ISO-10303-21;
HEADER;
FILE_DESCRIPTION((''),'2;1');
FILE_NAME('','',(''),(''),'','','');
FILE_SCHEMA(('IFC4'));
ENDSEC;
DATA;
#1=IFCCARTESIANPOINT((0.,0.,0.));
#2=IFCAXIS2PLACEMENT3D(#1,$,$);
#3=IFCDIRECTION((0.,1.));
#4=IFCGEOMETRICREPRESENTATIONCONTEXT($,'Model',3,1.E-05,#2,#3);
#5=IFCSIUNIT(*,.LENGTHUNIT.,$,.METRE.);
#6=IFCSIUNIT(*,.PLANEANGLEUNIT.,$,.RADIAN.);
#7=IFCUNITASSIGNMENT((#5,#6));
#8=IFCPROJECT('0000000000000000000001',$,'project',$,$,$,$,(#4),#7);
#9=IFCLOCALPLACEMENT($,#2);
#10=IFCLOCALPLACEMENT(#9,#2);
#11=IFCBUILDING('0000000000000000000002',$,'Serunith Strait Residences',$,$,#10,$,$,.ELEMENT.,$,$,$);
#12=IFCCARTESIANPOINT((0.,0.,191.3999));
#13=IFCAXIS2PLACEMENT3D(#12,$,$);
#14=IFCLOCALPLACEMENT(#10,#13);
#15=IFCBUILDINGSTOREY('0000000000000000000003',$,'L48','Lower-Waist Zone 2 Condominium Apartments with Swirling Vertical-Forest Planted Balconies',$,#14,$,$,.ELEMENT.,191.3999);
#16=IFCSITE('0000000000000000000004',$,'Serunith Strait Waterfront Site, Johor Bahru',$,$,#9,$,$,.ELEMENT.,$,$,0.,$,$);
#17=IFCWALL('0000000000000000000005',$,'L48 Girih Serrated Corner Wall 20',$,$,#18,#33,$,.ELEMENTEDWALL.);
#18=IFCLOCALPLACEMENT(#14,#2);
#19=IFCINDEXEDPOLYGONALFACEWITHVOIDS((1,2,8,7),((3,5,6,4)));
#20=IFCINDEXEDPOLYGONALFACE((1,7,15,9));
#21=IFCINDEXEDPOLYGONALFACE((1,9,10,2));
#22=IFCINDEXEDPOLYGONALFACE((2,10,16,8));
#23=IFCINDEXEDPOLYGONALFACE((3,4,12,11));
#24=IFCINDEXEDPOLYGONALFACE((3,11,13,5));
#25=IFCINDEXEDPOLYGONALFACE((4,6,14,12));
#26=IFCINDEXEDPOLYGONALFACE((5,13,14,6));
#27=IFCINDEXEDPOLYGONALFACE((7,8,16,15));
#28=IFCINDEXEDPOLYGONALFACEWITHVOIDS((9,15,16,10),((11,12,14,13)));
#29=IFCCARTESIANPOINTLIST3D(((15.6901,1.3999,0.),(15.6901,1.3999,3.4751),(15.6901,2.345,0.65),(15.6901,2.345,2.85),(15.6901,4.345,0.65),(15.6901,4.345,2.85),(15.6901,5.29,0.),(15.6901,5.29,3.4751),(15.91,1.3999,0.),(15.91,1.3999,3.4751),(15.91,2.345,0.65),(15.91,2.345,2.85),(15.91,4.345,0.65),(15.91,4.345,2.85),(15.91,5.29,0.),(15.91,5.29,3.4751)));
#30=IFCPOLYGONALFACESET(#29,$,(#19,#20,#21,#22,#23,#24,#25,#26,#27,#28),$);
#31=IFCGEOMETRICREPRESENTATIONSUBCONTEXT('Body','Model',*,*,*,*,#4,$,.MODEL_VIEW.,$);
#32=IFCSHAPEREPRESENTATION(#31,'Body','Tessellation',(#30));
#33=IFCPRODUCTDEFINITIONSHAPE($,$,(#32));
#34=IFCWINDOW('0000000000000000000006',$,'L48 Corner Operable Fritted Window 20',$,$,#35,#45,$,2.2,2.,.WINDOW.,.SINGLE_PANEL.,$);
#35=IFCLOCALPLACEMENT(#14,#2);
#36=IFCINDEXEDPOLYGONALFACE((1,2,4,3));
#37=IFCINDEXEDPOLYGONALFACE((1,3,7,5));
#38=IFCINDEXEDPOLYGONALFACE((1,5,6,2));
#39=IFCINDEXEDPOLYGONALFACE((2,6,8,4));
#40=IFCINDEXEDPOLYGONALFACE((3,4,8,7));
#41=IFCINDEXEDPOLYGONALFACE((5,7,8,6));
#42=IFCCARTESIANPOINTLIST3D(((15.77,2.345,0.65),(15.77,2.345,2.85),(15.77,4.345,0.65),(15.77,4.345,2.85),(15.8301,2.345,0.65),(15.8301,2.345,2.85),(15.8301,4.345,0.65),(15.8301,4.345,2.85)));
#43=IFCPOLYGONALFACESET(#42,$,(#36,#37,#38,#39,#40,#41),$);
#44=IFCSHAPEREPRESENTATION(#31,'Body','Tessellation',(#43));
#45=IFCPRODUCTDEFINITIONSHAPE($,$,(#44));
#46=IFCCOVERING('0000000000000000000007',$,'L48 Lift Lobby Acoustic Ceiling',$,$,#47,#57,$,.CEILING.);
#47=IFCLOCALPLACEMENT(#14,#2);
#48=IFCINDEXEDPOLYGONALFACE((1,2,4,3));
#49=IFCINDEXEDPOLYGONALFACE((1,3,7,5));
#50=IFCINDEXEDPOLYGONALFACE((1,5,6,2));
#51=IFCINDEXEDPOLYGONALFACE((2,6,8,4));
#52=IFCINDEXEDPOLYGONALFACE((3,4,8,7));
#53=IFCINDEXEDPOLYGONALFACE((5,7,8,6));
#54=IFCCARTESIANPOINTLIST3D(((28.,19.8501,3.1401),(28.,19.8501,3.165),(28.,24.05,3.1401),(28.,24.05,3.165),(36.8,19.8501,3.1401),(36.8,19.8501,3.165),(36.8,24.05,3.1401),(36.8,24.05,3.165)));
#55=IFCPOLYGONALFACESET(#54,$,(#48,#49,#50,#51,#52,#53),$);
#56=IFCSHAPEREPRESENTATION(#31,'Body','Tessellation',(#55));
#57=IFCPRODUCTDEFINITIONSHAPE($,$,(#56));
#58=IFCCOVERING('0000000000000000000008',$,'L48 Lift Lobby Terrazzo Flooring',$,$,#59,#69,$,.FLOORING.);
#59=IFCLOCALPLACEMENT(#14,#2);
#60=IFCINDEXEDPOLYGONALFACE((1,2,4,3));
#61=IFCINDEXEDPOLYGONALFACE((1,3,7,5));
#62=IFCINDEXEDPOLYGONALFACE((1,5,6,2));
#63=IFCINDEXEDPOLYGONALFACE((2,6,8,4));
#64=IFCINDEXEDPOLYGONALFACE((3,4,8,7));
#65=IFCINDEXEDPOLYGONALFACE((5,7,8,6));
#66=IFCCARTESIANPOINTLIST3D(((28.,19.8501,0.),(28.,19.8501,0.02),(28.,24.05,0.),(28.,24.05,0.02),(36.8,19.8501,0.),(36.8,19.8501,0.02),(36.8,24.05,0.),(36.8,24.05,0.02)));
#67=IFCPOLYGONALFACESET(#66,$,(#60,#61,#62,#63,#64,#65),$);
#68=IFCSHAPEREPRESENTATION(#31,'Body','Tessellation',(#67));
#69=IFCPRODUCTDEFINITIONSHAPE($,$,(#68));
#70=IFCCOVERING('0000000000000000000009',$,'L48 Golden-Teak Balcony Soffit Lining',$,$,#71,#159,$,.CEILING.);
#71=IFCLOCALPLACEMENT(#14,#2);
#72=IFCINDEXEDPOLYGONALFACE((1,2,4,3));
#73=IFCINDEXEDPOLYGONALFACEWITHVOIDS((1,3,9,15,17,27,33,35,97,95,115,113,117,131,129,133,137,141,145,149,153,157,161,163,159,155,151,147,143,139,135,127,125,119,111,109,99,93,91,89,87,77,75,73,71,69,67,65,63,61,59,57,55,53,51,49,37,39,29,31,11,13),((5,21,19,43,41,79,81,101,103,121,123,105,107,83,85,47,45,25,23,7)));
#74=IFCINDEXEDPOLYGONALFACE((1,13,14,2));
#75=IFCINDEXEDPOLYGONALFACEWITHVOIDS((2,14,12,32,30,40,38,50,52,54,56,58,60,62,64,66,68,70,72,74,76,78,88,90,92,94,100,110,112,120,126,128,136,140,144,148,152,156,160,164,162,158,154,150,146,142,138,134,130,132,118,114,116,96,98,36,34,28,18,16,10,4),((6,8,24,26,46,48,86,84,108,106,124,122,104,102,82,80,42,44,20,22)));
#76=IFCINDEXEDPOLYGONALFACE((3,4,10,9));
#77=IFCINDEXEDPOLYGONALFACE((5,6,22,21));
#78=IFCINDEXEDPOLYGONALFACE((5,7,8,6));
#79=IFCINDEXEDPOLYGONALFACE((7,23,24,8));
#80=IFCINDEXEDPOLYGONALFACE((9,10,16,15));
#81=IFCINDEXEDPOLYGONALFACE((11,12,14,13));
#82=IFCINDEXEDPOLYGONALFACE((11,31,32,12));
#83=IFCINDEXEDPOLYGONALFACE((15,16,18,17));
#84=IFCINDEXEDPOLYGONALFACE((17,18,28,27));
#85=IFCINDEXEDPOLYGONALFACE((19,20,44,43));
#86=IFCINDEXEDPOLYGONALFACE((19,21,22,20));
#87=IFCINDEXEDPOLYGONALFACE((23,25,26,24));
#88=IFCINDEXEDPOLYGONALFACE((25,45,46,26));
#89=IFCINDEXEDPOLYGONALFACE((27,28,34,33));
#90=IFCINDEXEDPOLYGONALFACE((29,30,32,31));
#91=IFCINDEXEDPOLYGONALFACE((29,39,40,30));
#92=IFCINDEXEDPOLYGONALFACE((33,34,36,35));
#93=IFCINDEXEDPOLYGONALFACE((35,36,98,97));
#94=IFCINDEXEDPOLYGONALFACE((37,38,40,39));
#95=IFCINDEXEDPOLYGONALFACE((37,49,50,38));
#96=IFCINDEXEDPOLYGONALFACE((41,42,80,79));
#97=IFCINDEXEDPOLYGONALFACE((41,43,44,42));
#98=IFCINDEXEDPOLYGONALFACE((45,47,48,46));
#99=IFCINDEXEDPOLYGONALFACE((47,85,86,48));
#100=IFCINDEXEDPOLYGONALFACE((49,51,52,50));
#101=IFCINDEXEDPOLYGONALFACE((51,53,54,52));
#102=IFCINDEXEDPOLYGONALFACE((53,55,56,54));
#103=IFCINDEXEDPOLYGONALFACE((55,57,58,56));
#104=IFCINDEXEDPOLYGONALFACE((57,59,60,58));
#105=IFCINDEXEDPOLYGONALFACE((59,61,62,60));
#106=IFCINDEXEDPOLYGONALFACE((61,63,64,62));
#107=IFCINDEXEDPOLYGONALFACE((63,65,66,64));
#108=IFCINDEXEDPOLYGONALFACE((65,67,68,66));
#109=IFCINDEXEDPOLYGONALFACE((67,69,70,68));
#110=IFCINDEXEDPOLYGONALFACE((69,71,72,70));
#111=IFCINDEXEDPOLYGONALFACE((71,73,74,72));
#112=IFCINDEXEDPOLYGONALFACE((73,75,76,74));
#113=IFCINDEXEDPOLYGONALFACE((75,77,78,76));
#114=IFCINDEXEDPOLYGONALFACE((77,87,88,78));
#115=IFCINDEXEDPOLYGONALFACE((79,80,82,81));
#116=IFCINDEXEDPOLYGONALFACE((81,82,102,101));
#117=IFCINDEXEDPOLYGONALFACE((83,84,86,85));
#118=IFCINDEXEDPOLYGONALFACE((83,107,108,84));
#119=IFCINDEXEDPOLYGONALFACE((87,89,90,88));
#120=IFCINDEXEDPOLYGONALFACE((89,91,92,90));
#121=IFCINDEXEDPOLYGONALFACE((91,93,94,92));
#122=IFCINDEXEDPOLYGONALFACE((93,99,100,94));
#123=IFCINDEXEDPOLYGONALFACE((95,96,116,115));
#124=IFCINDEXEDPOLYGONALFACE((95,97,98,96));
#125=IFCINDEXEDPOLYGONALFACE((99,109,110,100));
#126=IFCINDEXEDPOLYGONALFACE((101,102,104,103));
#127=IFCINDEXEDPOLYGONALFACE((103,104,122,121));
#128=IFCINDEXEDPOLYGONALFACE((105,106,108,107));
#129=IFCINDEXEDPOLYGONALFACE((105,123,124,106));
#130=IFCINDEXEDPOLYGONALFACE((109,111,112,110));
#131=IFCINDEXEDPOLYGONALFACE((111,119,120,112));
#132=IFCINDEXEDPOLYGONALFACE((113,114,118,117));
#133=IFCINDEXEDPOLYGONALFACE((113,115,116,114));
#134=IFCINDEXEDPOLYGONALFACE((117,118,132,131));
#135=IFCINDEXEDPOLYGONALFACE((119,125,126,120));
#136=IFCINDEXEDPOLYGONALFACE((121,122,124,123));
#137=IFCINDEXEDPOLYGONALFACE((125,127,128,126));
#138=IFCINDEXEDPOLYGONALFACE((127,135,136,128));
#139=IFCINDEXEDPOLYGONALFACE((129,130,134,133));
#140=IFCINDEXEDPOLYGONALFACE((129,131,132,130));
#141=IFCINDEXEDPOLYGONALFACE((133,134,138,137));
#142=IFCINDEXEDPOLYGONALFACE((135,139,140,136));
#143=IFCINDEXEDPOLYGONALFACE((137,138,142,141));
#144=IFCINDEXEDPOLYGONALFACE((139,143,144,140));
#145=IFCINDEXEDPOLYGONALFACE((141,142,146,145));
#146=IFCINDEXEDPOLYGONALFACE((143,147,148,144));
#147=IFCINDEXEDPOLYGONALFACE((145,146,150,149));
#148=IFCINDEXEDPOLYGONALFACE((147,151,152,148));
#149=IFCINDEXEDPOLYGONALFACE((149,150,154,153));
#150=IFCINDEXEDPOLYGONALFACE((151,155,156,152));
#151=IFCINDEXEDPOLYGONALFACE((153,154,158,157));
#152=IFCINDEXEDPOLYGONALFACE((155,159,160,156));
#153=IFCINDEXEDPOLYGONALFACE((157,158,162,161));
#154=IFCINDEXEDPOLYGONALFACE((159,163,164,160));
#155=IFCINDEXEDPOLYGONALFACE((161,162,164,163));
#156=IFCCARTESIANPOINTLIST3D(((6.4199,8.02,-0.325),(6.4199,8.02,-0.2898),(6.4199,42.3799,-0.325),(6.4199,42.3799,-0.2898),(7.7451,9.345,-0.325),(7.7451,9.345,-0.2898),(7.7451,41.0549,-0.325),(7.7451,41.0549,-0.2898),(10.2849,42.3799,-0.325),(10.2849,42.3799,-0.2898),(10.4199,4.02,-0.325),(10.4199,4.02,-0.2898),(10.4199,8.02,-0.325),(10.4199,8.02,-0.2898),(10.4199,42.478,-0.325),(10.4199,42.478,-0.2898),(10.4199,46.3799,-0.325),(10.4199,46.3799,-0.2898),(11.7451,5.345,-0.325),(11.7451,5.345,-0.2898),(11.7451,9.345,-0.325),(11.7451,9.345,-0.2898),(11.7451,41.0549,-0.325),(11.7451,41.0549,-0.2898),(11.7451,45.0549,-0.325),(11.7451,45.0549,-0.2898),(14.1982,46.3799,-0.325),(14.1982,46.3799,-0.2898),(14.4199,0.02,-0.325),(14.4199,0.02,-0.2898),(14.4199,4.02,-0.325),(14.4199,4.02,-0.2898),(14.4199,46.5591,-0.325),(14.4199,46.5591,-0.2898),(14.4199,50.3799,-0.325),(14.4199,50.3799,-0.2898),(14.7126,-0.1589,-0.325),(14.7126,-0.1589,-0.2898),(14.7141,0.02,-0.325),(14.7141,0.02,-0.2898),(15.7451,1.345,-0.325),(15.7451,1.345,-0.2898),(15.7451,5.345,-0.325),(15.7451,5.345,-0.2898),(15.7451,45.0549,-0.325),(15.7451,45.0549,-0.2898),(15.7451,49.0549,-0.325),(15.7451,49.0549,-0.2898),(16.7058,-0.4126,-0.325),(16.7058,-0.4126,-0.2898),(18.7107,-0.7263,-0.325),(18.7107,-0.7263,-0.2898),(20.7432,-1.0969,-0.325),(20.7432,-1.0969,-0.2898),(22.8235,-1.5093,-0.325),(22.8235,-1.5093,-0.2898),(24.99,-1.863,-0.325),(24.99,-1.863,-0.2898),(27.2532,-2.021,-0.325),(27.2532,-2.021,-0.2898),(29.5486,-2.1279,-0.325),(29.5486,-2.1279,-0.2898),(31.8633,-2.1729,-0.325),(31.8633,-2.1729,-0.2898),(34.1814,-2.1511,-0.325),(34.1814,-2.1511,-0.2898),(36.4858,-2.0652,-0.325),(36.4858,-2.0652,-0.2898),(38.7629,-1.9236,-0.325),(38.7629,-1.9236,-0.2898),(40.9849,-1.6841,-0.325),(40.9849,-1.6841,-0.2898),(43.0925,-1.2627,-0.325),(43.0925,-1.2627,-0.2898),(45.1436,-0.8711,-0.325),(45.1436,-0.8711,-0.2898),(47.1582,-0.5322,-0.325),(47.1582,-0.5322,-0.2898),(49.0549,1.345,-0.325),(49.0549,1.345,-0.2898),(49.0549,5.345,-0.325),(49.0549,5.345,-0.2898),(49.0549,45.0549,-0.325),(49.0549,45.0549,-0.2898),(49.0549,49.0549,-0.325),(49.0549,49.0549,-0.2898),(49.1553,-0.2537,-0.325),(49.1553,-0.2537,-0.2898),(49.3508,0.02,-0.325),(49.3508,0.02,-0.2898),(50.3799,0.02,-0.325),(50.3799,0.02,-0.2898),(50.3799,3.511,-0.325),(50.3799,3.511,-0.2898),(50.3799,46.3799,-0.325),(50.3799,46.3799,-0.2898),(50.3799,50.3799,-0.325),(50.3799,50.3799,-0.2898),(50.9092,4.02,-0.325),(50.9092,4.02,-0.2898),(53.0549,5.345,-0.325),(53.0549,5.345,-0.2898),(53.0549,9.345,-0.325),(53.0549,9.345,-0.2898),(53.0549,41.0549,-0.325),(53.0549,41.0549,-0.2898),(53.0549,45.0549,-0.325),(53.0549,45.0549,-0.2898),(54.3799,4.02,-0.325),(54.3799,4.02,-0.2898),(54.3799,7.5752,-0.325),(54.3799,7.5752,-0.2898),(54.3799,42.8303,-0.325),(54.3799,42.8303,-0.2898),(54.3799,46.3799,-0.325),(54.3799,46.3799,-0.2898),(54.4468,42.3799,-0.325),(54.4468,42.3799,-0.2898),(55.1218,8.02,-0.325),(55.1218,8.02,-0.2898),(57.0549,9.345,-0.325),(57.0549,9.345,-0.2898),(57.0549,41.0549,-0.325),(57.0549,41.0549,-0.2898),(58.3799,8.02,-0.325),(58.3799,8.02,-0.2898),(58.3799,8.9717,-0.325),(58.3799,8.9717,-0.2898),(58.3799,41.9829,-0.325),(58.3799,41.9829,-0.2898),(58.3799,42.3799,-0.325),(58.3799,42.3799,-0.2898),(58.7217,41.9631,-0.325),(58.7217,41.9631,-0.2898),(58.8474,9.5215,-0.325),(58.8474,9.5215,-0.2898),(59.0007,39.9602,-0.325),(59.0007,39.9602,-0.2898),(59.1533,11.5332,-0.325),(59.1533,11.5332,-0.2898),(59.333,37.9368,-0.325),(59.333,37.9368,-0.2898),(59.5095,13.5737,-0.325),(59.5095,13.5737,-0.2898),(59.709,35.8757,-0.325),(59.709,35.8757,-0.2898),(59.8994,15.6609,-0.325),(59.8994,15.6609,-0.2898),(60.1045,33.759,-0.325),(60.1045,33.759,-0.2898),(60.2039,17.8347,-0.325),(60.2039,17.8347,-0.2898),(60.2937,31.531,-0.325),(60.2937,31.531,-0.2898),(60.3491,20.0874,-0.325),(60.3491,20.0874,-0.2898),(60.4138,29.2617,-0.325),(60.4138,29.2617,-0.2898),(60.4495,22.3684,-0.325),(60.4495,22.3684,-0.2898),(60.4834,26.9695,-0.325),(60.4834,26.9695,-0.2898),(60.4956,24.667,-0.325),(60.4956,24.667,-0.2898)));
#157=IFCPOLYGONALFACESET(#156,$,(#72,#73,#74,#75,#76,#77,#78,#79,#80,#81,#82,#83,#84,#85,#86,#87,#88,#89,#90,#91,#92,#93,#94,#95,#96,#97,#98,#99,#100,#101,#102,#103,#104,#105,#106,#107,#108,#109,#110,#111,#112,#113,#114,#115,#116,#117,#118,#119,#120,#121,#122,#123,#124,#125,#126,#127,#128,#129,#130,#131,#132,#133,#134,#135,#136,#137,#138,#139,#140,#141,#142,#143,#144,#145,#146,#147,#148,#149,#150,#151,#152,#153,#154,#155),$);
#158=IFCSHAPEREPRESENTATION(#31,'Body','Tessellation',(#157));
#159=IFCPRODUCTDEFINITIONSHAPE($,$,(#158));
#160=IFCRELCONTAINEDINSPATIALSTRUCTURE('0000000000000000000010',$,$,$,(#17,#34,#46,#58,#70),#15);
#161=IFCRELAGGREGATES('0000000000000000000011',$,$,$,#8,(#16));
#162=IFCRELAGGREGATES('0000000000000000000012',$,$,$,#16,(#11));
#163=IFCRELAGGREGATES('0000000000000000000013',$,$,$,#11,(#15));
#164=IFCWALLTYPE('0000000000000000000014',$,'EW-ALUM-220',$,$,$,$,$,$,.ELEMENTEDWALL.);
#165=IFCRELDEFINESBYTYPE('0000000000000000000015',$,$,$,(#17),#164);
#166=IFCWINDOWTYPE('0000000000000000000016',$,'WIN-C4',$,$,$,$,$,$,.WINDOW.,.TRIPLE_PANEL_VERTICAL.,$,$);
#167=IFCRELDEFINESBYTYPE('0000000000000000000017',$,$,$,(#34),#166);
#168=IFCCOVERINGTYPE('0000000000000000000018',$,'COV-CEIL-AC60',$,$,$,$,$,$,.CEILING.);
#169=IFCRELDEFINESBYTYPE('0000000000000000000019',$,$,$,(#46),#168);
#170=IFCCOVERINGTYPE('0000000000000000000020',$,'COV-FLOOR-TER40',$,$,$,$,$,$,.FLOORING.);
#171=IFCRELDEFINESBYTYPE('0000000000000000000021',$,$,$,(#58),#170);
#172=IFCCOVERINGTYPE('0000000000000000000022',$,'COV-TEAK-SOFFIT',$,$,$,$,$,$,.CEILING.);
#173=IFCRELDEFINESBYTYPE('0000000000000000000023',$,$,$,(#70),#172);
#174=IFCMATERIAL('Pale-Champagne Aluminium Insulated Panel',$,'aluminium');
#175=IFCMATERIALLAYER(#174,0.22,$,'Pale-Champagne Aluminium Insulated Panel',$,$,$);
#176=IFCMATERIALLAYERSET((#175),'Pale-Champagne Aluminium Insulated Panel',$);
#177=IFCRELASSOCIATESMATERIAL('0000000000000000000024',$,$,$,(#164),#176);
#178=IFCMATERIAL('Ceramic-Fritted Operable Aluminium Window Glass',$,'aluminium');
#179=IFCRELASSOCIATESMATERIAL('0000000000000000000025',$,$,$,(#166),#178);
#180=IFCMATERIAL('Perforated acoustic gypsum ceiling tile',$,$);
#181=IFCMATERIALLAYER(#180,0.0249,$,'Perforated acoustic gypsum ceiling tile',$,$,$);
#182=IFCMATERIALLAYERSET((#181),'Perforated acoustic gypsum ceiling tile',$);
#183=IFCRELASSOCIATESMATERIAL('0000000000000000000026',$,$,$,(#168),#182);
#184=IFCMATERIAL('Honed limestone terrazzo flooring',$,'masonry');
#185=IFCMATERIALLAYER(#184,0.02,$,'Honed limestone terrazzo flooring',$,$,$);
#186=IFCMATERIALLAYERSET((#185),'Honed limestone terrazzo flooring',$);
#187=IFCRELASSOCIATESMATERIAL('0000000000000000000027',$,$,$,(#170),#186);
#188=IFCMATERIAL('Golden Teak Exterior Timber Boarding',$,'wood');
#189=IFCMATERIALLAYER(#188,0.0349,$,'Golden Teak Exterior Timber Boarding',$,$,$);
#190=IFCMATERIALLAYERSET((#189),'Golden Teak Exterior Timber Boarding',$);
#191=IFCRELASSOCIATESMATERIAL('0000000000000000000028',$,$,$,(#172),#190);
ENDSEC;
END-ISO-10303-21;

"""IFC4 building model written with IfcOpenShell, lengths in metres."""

from ifc_helpers import new_model, si_unit, direction, frame, frame_2d, origin, place, context, subcontext, project, spatial, polyline, rectangle, outline, extrude, source, transform, mapped, material, layer, layer_set, type_object, element, fill, save


model = new_model("IFC4")

# Units and contexts
model_context = context("Model", 3, precision=1e-05, world=origin(), true_north=direction((0.0, 1.0)))
body_context = subcontext(model_context, "Body", "Model", "MODEL_VIEW")
ifc_project = project(units=[si_unit("LENGTHUNIT", "METRE"), si_unit("PLANEANGLEUNIT", "RADIAN")], contexts=[model_context])

# Site, building, storey
site_placement = place(None, origin())
site = spatial("IfcSite", under=ifc_project, at=site_placement, Name="Serunith Strait Waterfront Site, Johor Bahru", CompositionType="ELEMENT", RefElevation=0.0)
building_placement = place(site_placement, origin())
building = spatial("IfcBuilding", under=site, at=building_placement, Name="Serunith Strait Residences", CompositionType="ELEMENT")
storey_placement = place(building_placement, frame((0.0, 0.0, 191.3999)))
storey = spatial("IfcBuildingStorey", under=building, at=storey_placement, Name="L48", Description="Lower-Waist Zone 2 Condominium Apartments with Swirling Vertical-Forest Planted Balconies", CompositionType="ELEMENT", Elevation=191.3999)

# Shared definitions
ifc_material_1 = material(Name="Pale-Champagne Aluminium Insulated Panel", Category="aluminium")
ifc_layer_1 = layer(ifc_material_1, 0.22, Name="Pale-Champagne Aluminium Insulated Panel")
ifc_layer_set_1 = layer_set([ifc_layer_1], Name="Pale-Champagne Aluminium Insulated Panel")
wall_type = type_object("IfcWallType", Name="EW-ALUM-220", PredefinedType="ELEMENTEDWALL", material=ifc_layer_set_1)

# Wall, opening, window
ifc_material_2 = material(Name="Ceramic-Fritted Operable Aluminium Window Glass", Category="aluminium")
window_type = type_object("IfcWindowType", Name="WIN-C4", PartitioningType="TRIPLE_PANEL_VERTICAL", PredefinedType="WINDOW", material=ifc_material_2)
shared_shape_1 = source(origin(), body_context, "Body", "SweptSolid", [
    extrude(rectangle(XDim=2.0, YDim=2.2, at=frame_2d((1.0, 1.1001))), frame((0.0, 0.03, 0.0), z_axis=(0.0, -1.0, 0.0), x_axis=(1.0, 0.0, 0.0)), (0.0, 0.0, 1.0), 0.0601),
])
wall_1_placement = place(storey_placement, frame((15.8, 5.29, 0.0), z_axis=(0.0, 0.0, 1.0), x_axis=(0.0, -1.0, 0.0)))
wall_1 = element("IfcWall", 1, at=wall_1_placement, inside=storey, type_object=wall_type, Name="L48 Girih Serrated Corner Wall 20", PredefinedType="ELEMENTEDWALL", context=body_context, shape_type="SweptSolid", body=[
    extrude(rectangle(XDim=3.8901, YDim=0.22, at=frame_2d((1.9451, 0.0))), origin(), (0.0, 0.0, 1.0), 3.4751),
])
opening_1_placement = place(wall_1_placement, frame((0.9451, 0.0, 0.6499)))
opening_1 = element("IfcOpeningElement", 2, at=opening_1_placement, cuts=wall_1, PredefinedType="OPENING", context=body_context, shape_type="SweptSolid", body=[
    extrude(rectangle(XDim=2.0, YDim=2.2, at=frame_2d((1.0, 1.1001))), frame((0.0, 0.1201, 0.0), z_axis=(0.0, -1.0, 0.0), x_axis=(1.0, 0.0, 0.0)), (0.0, 0.0, 1.0), 0.24),
])
window_1_placement = place(opening_1_placement, origin())
window_1 = element("IfcWindow", 3, at=window_1_placement, inside=storey, type_object=window_type, Name="L48 Corner Operable Fritted Window 20", OverallHeight=2.2, OverallWidth=2.0, PartitioningType="SINGLE_PANEL", PredefinedType="WINDOW", context=body_context, shape_type="MappedRepresentation", body=[
    mapped(shared_shape_1, transform((0.0, 0.0, 0.0), scale=1.0)),
])
fill(opening_1, window_1)

# Coverings
ifc_material_3 = material(Name="Perforated acoustic gypsum ceiling tile")
ifc_layer_2 = layer(ifc_material_3, 0.0249, Name="Perforated acoustic gypsum ceiling tile")
ifc_layer_set_2 = layer_set([ifc_layer_2], Name="Perforated acoustic gypsum ceiling tile")
covering_type_1 = type_object("IfcCoveringType", Name="COV-CEIL-AC60", PredefinedType="CEILING", material=ifc_layer_set_2)
covering_1_placement = place(storey_placement, frame((0.0, 0.0, 3.1401)))
element("IfcCovering", 4, at=covering_1_placement, inside=storey, type_object=covering_type_1, Name="L48 Lift Lobby Acoustic Ceiling", PredefinedType="CEILING", context=body_context, shape_type="SweptSolid", body=[
    extrude(outline(polyline([(28.0, 19.8501), (36.8, 19.8501), (36.8, 24.05), (28.0, 24.05), (28.0, 19.8501)])), origin(), (0.0, 0.0, 1.0), 0.0249),
])
ifc_material_4 = material(Name="Honed limestone terrazzo flooring", Category="masonry")
ifc_layer_3 = layer(ifc_material_4, 0.02, Name="Honed limestone terrazzo flooring")
ifc_layer_set_3 = layer_set([ifc_layer_3], Name="Honed limestone terrazzo flooring")
covering_type_2 = type_object("IfcCoveringType", Name="COV-FLOOR-TER40", PredefinedType="FLOORING", material=ifc_layer_set_3)
covering_2_placement = place(storey_placement, origin())
element("IfcCovering", 5, at=covering_2_placement, inside=storey, type_object=covering_type_2, Name="L48 Lift Lobby Terrazzo Flooring", PredefinedType="FLOORING", context=body_context, shape_type="SweptSolid", body=[
    extrude(outline(polyline([(28.0, 19.8501), (36.8, 19.8501), (36.8, 24.05), (28.0, 24.05), (28.0, 19.8501)])), origin(), (0.0, 0.0, 1.0), 0.02),
])
ifc_material_5 = material(Name="Golden Teak Exterior Timber Boarding", Category="wood")
ifc_layer_4 = layer(ifc_material_5, 0.0349, Name="Golden Teak Exterior Timber Boarding")
ifc_layer_set_4 = layer_set([ifc_layer_4], Name="Golden Teak Exterior Timber Boarding")
covering_type_3 = type_object("IfcCoveringType", Name="COV-TEAK-SOFFIT", PredefinedType="CEILING", material=ifc_layer_set_4)
covering_3_placement = place(storey_placement, frame((0.0, 0.0, -0.325)))
element("IfcCovering", 6, at=covering_3_placement, inside=storey, type_object=covering_type_3, Name="L48 Golden-Teak Balcony Soffit Lining", PredefinedType="CEILING", context=body_context, shape_type="SweptSolid", body=[
    extrude(outline(polyline([(14.4199, 0.02), (14.4199, 4.02), (10.4199, 4.02), (10.4199, 8.02), (6.4199, 8.02), (6.4199, 42.3799), (10.2849, 42.3799), (10.4199, 42.478), (10.4199, 46.3799), (14.1982, 46.3799), (14.4199, 46.5591), (14.4199, 50.3799), (50.3799, 50.3799), (50.3799, 46.3799), (54.3799, 46.3799), (54.3799, 42.8303), (54.4468, 42.3799), (58.3799, 42.3799), (58.3799, 41.9829), (58.7217, 41.9631), (59.0007, 39.9602), (59.333, 37.9368), (59.709, 35.8757), (60.1045, 33.759), (60.2937, 31.531), (60.4138, 29.2617), (60.4834, 26.9695), (60.4956, 24.667), (60.4495, 22.3684), (60.3491, 20.0874), (60.2039, 17.8347), (59.8994, 15.6609), (59.5095, 13.5737), (59.1533, 11.5332), (58.8474, 9.5215), (58.3799, 8.9717), (58.3799, 8.02), (55.1218, 8.02), (54.3799, 7.5752), (54.3799, 4.02), (50.9092, 4.02), (50.3799, 3.511), (50.3799, 0.02), (49.3508, 0.02), (49.1553, -0.2537), (47.1582, -0.5322), (45.1436, -0.8711), (43.0925, -1.2627), (40.9849, -1.6841), (38.7629, -1.9236), (36.4858, -2.0652), (34.1814, -2.1511), (31.8633, -2.1729), (29.5486, -2.1279), (27.2532, -2.021), (24.99, -1.863), (22.8235, -1.5093), (20.7432, -1.0969), (18.7107, -0.7263), (16.7058, -0.4126), (14.7126, -0.1589), (14.7141, 0.02), (14.4199, 0.02)]), holes=[polyline([(49.0549, 1.345), (49.0549, 5.345), (53.0549, 5.345), (53.0549, 9.345), (57.0549, 9.345), (57.0549, 41.0549), (53.0549, 41.0549), (53.0549, 45.0549), (49.0549, 45.0549), (49.0549, 49.0549), (15.7451, 49.0549), (15.7451, 45.0549), (11.7451, 45.0549), (11.7451, 41.0549), (7.7451, 41.0549), (7.7451, 9.345), (11.7451, 9.345), (11.7451, 5.345), (15.7451, 5.345), (15.7451, 1.345), (49.0549, 1.345)])]), origin(), (0.0, 0.0, 1.0), 0.0352),
])

save(model, "model.ifc")
